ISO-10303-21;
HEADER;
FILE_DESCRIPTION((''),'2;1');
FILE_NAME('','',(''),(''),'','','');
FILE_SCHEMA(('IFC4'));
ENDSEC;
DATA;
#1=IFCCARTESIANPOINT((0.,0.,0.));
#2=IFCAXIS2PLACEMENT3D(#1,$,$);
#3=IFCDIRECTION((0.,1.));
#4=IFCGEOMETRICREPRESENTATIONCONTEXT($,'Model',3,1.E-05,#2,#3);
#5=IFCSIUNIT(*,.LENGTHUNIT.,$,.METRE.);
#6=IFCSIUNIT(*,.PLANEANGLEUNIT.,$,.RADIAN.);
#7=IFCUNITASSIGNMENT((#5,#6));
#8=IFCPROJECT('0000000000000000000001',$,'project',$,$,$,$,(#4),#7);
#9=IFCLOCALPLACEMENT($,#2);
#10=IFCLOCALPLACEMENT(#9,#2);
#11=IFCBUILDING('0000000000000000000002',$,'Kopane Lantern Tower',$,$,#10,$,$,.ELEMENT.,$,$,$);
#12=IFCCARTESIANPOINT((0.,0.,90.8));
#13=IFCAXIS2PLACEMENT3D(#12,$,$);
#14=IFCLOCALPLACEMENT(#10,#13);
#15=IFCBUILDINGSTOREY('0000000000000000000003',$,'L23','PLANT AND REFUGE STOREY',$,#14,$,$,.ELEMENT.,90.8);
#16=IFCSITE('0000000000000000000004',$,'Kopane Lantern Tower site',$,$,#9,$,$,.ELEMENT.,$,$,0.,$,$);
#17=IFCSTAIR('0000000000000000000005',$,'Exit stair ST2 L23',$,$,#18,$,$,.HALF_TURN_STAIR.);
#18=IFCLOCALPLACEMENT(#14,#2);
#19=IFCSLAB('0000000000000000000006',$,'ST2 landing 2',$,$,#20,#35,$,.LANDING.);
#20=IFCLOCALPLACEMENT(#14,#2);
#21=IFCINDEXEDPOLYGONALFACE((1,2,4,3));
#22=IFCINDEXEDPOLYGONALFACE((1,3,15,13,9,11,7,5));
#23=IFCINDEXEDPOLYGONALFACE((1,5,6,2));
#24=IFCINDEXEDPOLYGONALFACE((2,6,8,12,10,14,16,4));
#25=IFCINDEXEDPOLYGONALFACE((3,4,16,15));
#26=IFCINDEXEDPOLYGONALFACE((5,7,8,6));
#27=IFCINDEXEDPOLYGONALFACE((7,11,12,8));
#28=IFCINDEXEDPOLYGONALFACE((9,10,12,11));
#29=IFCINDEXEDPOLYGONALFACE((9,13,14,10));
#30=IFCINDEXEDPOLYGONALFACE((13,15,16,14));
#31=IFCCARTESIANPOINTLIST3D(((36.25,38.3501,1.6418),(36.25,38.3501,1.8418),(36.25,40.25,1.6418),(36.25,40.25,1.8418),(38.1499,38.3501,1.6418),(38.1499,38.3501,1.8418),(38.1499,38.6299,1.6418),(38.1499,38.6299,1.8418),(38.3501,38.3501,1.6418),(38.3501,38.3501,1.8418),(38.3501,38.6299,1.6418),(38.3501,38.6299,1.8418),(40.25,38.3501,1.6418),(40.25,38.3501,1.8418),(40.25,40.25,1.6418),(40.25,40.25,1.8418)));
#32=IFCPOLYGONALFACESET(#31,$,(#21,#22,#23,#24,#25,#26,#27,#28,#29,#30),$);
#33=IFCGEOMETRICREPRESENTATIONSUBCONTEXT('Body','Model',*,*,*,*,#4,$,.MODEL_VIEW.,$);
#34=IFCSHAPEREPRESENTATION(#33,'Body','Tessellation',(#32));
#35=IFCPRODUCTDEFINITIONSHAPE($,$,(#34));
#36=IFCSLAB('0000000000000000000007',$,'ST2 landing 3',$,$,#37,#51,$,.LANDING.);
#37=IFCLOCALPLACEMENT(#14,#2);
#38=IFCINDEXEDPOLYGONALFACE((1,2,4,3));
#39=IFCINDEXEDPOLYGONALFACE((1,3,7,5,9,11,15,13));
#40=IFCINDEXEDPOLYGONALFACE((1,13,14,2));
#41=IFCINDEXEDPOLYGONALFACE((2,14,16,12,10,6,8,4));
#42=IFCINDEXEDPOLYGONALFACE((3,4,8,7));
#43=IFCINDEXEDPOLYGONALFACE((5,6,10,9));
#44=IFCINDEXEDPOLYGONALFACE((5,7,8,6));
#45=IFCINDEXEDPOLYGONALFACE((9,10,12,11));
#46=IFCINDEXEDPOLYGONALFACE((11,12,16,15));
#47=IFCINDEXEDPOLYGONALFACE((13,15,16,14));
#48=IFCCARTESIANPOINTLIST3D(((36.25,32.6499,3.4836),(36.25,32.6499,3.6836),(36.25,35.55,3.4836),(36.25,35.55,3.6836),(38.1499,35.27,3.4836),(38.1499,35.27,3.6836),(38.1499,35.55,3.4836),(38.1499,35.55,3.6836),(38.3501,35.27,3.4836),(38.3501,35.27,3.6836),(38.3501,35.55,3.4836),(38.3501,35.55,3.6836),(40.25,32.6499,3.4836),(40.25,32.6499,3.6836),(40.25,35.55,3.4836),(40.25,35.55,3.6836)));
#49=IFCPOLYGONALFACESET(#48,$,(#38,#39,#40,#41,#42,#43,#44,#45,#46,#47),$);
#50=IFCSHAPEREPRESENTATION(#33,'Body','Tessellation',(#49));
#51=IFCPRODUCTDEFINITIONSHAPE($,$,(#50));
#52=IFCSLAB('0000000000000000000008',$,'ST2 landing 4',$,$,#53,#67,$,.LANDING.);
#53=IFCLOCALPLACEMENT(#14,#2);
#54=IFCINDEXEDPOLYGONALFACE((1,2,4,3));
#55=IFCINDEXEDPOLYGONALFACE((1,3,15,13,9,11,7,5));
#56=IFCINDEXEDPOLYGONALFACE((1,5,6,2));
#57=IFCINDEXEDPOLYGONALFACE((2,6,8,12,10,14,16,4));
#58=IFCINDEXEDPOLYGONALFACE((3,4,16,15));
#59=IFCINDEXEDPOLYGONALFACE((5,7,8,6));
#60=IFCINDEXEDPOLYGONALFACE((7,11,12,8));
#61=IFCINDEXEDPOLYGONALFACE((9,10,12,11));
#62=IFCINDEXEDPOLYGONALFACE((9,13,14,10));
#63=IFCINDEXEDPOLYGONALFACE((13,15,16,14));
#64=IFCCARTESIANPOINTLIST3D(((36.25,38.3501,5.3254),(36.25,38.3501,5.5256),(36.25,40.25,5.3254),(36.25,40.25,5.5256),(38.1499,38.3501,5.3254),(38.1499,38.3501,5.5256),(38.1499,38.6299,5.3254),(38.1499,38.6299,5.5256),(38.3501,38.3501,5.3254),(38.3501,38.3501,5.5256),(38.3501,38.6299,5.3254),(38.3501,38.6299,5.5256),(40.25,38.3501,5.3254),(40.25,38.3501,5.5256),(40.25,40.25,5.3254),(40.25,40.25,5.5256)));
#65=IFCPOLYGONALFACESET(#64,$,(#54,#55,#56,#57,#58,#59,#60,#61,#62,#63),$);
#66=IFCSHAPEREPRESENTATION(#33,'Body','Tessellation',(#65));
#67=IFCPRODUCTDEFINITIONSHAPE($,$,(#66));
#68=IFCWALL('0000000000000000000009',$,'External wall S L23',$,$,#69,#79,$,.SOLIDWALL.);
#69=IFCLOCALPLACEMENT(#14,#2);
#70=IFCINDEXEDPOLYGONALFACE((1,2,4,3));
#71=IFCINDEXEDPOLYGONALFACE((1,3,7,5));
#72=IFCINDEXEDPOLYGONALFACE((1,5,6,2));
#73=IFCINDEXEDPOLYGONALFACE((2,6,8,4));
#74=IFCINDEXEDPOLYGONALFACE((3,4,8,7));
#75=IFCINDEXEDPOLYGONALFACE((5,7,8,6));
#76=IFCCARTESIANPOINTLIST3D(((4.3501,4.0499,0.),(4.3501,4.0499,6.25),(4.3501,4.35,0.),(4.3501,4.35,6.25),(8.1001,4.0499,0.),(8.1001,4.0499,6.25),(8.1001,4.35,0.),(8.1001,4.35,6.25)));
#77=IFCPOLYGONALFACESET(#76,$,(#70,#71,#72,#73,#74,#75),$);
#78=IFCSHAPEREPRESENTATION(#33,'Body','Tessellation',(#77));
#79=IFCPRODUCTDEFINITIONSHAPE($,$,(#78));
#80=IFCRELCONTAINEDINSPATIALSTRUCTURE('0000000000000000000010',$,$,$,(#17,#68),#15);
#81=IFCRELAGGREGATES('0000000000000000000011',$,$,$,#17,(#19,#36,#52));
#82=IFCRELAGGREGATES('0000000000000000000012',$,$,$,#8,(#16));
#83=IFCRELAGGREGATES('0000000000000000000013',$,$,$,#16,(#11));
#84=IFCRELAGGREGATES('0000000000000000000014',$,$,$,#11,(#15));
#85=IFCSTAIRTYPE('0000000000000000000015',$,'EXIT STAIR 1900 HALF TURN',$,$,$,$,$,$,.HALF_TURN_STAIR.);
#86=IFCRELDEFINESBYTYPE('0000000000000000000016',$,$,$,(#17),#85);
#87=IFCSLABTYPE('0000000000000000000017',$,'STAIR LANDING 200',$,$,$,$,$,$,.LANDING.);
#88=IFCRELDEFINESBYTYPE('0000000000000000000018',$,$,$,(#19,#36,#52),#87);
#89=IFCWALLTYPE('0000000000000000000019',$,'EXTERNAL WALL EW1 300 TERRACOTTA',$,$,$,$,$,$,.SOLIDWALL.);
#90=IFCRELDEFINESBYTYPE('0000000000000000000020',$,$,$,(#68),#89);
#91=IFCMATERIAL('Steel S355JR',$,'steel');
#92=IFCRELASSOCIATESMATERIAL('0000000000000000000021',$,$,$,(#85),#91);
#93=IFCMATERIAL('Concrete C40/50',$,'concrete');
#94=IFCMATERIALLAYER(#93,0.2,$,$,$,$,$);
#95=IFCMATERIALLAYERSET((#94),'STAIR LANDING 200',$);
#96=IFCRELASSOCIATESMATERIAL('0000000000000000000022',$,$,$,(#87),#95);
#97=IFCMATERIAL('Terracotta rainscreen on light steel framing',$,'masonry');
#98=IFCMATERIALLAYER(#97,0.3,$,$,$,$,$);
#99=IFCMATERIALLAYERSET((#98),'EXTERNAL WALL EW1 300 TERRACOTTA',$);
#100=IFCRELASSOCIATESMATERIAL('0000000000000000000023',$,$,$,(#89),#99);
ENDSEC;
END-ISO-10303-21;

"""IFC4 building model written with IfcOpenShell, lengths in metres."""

from ifc_helpers import new_model, si_unit, direction, frame, frame_2d, origin, place, context, subcontext, project, spatial, polyline, rectangle, outline, extrude, material, layer, layer_set, type_object, element, aggregate, save


model = new_model("IFC4")

# Units and contexts
model_context = context("Model", 3, precision=1e-05, world=origin(), true_north=direction((0.0, 1.0)))
body_context = subcontext(model_context, "Body", "Model", "MODEL_VIEW")
ifc_project = project(units=[si_unit("LENGTHUNIT", "METRE"), si_unit("PLANEANGLEUNIT", "RADIAN")], contexts=[model_context])

# Site, building, storey
site_placement = place(None, origin())
site = spatial("IfcSite", under=ifc_project, at=site_placement, Name="Kopane Lantern Tower site", CompositionType="ELEMENT", RefElevation=0.0)
building_placement = place(site_placement, origin())
building = spatial("IfcBuilding", under=site, at=building_placement, Name="Kopane Lantern Tower", CompositionType="ELEMENT")
storey_placement = place(building_placement, frame((0.0, 0.0, 90.8)))
storey = spatial("IfcBuildingStorey", under=building, at=storey_placement, Name="L23", Description="PLANT AND REFUGE STOREY", CompositionType="ELEMENT", Elevation=90.8)

# Stair, slabs
ifc_material_1 = material(Name="Steel S355JR", Category="steel")
stair_type = type_object("IfcStairType", Name="EXIT STAIR 1900 HALF TURN", PredefinedType="HALF_TURN_STAIR", material=ifc_material_1)
ifc_material_2 = material(Name="Concrete C40/50", Category="concrete")
ifc_layer_1 = layer(ifc_material_2, 0.2)
ifc_layer_set_1 = layer_set([ifc_layer_1], Name="STAIR LANDING 200")
slab_type_1 = type_object("IfcSlabType", Name="STAIR LANDING 200", PredefinedType="LANDING", material=ifc_layer_set_1)
stair_1_placement = place(storey_placement, origin())
stair_1 = element("IfcStair", 1, at=stair_1_placement, inside=storey, type_object=stair_type, Name="Exit stair ST2 L23", PredefinedType="HALF_TURN_STAIR")
slab_1_placement = place(storey_placement, frame((0.0, 0.0, 1.6418)))
slab_1 = element("IfcSlab", 2, at=slab_1_placement, type_object=slab_type_1, Name="ST2 landing 2", PredefinedType="LANDING", context=body_context, shape_type="SweptSolid", body=[
    extrude(outline(polyline([(38.1499, 38.6299), (38.3501, 38.6299), (38.3501, 38.3501), (40.25, 38.3501), (40.25, 40.25), (36.25, 40.25), (36.25, 38.3501), (38.1499, 38.3501), (38.1499, 38.6299)])), origin(), (0.0, 0.0, 1.0), 0.2),
])
slab_2_placement = place(storey_placement, frame((0.0, 0.0, 3.4836)))
slab_2 = element("IfcSlab", 3, at=slab_2_placement, type_object=slab_type_1, Name="ST2 landing 3", PredefinedType="LANDING", context=body_context, shape_type="SweptSolid", body=[
    extrude(outline(polyline([(40.25, 35.55), (38.3501, 35.55), (38.3501, 35.27), (38.1499, 35.27), (38.1499, 35.55), (36.25, 35.55), (36.25, 32.6499), (40.25, 32.6499), (40.25, 35.55)])), origin(), (0.0, 0.0, 1.0), 0.2),
])
slab_3_placement = place(storey_placement, frame((0.0, 0.0, 5.3254)))
slab_3 = element("IfcSlab", 4, at=slab_3_placement, type_object=slab_type_1, Name="ST2 landing 4", PredefinedType="LANDING", context=body_context, shape_type="SweptSolid", body=[
    extrude(outline(polyline([(38.1499, 38.6299), (38.3501, 38.6299), (38.3501, 38.3501), (40.25, 38.3501), (40.25, 40.25), (36.25, 40.25), (36.25, 38.3501), (38.1499, 38.3501), (38.1499, 38.6299)])), origin(), (0.0, 0.0, 1.0), 0.2002),
])
aggregate(stair_1, [slab_1, slab_2, slab_3])

# Wall
ifc_material_3 = material(Name="Terracotta rainscreen on light steel framing", Category="masonry")
ifc_layer_2 = layer(ifc_material_3, 0.3)
ifc_layer_set_2 = layer_set([ifc_layer_2], Name="EXTERNAL WALL EW1 300 TERRACOTTA")
wall_type = type_object("IfcWallType", Name="EXTERNAL WALL EW1 300 TERRACOTTA", PredefinedType="SOLIDWALL", material=ifc_layer_set_2)
wall_placement = place(storey_placement, frame((4.3501, 4.2, 0.0), z_axis=(0.0, 0.0, 1.0), x_axis=(1.0, 0.0, 0.0)))
element("IfcWall", 5, at=wall_placement, inside=storey, type_object=wall_type, Name="External wall S L23", PredefinedType="SOLIDWALL", context=body_context, shape_type="SweptSolid", body=[
    extrude(rectangle(XDim=3.75, YDim=0.3, at=frame_2d((1.875, 0.0))), origin(), (0.0, 0.0, 1.0), 6.25),
])

save(model, "model.ifc")
